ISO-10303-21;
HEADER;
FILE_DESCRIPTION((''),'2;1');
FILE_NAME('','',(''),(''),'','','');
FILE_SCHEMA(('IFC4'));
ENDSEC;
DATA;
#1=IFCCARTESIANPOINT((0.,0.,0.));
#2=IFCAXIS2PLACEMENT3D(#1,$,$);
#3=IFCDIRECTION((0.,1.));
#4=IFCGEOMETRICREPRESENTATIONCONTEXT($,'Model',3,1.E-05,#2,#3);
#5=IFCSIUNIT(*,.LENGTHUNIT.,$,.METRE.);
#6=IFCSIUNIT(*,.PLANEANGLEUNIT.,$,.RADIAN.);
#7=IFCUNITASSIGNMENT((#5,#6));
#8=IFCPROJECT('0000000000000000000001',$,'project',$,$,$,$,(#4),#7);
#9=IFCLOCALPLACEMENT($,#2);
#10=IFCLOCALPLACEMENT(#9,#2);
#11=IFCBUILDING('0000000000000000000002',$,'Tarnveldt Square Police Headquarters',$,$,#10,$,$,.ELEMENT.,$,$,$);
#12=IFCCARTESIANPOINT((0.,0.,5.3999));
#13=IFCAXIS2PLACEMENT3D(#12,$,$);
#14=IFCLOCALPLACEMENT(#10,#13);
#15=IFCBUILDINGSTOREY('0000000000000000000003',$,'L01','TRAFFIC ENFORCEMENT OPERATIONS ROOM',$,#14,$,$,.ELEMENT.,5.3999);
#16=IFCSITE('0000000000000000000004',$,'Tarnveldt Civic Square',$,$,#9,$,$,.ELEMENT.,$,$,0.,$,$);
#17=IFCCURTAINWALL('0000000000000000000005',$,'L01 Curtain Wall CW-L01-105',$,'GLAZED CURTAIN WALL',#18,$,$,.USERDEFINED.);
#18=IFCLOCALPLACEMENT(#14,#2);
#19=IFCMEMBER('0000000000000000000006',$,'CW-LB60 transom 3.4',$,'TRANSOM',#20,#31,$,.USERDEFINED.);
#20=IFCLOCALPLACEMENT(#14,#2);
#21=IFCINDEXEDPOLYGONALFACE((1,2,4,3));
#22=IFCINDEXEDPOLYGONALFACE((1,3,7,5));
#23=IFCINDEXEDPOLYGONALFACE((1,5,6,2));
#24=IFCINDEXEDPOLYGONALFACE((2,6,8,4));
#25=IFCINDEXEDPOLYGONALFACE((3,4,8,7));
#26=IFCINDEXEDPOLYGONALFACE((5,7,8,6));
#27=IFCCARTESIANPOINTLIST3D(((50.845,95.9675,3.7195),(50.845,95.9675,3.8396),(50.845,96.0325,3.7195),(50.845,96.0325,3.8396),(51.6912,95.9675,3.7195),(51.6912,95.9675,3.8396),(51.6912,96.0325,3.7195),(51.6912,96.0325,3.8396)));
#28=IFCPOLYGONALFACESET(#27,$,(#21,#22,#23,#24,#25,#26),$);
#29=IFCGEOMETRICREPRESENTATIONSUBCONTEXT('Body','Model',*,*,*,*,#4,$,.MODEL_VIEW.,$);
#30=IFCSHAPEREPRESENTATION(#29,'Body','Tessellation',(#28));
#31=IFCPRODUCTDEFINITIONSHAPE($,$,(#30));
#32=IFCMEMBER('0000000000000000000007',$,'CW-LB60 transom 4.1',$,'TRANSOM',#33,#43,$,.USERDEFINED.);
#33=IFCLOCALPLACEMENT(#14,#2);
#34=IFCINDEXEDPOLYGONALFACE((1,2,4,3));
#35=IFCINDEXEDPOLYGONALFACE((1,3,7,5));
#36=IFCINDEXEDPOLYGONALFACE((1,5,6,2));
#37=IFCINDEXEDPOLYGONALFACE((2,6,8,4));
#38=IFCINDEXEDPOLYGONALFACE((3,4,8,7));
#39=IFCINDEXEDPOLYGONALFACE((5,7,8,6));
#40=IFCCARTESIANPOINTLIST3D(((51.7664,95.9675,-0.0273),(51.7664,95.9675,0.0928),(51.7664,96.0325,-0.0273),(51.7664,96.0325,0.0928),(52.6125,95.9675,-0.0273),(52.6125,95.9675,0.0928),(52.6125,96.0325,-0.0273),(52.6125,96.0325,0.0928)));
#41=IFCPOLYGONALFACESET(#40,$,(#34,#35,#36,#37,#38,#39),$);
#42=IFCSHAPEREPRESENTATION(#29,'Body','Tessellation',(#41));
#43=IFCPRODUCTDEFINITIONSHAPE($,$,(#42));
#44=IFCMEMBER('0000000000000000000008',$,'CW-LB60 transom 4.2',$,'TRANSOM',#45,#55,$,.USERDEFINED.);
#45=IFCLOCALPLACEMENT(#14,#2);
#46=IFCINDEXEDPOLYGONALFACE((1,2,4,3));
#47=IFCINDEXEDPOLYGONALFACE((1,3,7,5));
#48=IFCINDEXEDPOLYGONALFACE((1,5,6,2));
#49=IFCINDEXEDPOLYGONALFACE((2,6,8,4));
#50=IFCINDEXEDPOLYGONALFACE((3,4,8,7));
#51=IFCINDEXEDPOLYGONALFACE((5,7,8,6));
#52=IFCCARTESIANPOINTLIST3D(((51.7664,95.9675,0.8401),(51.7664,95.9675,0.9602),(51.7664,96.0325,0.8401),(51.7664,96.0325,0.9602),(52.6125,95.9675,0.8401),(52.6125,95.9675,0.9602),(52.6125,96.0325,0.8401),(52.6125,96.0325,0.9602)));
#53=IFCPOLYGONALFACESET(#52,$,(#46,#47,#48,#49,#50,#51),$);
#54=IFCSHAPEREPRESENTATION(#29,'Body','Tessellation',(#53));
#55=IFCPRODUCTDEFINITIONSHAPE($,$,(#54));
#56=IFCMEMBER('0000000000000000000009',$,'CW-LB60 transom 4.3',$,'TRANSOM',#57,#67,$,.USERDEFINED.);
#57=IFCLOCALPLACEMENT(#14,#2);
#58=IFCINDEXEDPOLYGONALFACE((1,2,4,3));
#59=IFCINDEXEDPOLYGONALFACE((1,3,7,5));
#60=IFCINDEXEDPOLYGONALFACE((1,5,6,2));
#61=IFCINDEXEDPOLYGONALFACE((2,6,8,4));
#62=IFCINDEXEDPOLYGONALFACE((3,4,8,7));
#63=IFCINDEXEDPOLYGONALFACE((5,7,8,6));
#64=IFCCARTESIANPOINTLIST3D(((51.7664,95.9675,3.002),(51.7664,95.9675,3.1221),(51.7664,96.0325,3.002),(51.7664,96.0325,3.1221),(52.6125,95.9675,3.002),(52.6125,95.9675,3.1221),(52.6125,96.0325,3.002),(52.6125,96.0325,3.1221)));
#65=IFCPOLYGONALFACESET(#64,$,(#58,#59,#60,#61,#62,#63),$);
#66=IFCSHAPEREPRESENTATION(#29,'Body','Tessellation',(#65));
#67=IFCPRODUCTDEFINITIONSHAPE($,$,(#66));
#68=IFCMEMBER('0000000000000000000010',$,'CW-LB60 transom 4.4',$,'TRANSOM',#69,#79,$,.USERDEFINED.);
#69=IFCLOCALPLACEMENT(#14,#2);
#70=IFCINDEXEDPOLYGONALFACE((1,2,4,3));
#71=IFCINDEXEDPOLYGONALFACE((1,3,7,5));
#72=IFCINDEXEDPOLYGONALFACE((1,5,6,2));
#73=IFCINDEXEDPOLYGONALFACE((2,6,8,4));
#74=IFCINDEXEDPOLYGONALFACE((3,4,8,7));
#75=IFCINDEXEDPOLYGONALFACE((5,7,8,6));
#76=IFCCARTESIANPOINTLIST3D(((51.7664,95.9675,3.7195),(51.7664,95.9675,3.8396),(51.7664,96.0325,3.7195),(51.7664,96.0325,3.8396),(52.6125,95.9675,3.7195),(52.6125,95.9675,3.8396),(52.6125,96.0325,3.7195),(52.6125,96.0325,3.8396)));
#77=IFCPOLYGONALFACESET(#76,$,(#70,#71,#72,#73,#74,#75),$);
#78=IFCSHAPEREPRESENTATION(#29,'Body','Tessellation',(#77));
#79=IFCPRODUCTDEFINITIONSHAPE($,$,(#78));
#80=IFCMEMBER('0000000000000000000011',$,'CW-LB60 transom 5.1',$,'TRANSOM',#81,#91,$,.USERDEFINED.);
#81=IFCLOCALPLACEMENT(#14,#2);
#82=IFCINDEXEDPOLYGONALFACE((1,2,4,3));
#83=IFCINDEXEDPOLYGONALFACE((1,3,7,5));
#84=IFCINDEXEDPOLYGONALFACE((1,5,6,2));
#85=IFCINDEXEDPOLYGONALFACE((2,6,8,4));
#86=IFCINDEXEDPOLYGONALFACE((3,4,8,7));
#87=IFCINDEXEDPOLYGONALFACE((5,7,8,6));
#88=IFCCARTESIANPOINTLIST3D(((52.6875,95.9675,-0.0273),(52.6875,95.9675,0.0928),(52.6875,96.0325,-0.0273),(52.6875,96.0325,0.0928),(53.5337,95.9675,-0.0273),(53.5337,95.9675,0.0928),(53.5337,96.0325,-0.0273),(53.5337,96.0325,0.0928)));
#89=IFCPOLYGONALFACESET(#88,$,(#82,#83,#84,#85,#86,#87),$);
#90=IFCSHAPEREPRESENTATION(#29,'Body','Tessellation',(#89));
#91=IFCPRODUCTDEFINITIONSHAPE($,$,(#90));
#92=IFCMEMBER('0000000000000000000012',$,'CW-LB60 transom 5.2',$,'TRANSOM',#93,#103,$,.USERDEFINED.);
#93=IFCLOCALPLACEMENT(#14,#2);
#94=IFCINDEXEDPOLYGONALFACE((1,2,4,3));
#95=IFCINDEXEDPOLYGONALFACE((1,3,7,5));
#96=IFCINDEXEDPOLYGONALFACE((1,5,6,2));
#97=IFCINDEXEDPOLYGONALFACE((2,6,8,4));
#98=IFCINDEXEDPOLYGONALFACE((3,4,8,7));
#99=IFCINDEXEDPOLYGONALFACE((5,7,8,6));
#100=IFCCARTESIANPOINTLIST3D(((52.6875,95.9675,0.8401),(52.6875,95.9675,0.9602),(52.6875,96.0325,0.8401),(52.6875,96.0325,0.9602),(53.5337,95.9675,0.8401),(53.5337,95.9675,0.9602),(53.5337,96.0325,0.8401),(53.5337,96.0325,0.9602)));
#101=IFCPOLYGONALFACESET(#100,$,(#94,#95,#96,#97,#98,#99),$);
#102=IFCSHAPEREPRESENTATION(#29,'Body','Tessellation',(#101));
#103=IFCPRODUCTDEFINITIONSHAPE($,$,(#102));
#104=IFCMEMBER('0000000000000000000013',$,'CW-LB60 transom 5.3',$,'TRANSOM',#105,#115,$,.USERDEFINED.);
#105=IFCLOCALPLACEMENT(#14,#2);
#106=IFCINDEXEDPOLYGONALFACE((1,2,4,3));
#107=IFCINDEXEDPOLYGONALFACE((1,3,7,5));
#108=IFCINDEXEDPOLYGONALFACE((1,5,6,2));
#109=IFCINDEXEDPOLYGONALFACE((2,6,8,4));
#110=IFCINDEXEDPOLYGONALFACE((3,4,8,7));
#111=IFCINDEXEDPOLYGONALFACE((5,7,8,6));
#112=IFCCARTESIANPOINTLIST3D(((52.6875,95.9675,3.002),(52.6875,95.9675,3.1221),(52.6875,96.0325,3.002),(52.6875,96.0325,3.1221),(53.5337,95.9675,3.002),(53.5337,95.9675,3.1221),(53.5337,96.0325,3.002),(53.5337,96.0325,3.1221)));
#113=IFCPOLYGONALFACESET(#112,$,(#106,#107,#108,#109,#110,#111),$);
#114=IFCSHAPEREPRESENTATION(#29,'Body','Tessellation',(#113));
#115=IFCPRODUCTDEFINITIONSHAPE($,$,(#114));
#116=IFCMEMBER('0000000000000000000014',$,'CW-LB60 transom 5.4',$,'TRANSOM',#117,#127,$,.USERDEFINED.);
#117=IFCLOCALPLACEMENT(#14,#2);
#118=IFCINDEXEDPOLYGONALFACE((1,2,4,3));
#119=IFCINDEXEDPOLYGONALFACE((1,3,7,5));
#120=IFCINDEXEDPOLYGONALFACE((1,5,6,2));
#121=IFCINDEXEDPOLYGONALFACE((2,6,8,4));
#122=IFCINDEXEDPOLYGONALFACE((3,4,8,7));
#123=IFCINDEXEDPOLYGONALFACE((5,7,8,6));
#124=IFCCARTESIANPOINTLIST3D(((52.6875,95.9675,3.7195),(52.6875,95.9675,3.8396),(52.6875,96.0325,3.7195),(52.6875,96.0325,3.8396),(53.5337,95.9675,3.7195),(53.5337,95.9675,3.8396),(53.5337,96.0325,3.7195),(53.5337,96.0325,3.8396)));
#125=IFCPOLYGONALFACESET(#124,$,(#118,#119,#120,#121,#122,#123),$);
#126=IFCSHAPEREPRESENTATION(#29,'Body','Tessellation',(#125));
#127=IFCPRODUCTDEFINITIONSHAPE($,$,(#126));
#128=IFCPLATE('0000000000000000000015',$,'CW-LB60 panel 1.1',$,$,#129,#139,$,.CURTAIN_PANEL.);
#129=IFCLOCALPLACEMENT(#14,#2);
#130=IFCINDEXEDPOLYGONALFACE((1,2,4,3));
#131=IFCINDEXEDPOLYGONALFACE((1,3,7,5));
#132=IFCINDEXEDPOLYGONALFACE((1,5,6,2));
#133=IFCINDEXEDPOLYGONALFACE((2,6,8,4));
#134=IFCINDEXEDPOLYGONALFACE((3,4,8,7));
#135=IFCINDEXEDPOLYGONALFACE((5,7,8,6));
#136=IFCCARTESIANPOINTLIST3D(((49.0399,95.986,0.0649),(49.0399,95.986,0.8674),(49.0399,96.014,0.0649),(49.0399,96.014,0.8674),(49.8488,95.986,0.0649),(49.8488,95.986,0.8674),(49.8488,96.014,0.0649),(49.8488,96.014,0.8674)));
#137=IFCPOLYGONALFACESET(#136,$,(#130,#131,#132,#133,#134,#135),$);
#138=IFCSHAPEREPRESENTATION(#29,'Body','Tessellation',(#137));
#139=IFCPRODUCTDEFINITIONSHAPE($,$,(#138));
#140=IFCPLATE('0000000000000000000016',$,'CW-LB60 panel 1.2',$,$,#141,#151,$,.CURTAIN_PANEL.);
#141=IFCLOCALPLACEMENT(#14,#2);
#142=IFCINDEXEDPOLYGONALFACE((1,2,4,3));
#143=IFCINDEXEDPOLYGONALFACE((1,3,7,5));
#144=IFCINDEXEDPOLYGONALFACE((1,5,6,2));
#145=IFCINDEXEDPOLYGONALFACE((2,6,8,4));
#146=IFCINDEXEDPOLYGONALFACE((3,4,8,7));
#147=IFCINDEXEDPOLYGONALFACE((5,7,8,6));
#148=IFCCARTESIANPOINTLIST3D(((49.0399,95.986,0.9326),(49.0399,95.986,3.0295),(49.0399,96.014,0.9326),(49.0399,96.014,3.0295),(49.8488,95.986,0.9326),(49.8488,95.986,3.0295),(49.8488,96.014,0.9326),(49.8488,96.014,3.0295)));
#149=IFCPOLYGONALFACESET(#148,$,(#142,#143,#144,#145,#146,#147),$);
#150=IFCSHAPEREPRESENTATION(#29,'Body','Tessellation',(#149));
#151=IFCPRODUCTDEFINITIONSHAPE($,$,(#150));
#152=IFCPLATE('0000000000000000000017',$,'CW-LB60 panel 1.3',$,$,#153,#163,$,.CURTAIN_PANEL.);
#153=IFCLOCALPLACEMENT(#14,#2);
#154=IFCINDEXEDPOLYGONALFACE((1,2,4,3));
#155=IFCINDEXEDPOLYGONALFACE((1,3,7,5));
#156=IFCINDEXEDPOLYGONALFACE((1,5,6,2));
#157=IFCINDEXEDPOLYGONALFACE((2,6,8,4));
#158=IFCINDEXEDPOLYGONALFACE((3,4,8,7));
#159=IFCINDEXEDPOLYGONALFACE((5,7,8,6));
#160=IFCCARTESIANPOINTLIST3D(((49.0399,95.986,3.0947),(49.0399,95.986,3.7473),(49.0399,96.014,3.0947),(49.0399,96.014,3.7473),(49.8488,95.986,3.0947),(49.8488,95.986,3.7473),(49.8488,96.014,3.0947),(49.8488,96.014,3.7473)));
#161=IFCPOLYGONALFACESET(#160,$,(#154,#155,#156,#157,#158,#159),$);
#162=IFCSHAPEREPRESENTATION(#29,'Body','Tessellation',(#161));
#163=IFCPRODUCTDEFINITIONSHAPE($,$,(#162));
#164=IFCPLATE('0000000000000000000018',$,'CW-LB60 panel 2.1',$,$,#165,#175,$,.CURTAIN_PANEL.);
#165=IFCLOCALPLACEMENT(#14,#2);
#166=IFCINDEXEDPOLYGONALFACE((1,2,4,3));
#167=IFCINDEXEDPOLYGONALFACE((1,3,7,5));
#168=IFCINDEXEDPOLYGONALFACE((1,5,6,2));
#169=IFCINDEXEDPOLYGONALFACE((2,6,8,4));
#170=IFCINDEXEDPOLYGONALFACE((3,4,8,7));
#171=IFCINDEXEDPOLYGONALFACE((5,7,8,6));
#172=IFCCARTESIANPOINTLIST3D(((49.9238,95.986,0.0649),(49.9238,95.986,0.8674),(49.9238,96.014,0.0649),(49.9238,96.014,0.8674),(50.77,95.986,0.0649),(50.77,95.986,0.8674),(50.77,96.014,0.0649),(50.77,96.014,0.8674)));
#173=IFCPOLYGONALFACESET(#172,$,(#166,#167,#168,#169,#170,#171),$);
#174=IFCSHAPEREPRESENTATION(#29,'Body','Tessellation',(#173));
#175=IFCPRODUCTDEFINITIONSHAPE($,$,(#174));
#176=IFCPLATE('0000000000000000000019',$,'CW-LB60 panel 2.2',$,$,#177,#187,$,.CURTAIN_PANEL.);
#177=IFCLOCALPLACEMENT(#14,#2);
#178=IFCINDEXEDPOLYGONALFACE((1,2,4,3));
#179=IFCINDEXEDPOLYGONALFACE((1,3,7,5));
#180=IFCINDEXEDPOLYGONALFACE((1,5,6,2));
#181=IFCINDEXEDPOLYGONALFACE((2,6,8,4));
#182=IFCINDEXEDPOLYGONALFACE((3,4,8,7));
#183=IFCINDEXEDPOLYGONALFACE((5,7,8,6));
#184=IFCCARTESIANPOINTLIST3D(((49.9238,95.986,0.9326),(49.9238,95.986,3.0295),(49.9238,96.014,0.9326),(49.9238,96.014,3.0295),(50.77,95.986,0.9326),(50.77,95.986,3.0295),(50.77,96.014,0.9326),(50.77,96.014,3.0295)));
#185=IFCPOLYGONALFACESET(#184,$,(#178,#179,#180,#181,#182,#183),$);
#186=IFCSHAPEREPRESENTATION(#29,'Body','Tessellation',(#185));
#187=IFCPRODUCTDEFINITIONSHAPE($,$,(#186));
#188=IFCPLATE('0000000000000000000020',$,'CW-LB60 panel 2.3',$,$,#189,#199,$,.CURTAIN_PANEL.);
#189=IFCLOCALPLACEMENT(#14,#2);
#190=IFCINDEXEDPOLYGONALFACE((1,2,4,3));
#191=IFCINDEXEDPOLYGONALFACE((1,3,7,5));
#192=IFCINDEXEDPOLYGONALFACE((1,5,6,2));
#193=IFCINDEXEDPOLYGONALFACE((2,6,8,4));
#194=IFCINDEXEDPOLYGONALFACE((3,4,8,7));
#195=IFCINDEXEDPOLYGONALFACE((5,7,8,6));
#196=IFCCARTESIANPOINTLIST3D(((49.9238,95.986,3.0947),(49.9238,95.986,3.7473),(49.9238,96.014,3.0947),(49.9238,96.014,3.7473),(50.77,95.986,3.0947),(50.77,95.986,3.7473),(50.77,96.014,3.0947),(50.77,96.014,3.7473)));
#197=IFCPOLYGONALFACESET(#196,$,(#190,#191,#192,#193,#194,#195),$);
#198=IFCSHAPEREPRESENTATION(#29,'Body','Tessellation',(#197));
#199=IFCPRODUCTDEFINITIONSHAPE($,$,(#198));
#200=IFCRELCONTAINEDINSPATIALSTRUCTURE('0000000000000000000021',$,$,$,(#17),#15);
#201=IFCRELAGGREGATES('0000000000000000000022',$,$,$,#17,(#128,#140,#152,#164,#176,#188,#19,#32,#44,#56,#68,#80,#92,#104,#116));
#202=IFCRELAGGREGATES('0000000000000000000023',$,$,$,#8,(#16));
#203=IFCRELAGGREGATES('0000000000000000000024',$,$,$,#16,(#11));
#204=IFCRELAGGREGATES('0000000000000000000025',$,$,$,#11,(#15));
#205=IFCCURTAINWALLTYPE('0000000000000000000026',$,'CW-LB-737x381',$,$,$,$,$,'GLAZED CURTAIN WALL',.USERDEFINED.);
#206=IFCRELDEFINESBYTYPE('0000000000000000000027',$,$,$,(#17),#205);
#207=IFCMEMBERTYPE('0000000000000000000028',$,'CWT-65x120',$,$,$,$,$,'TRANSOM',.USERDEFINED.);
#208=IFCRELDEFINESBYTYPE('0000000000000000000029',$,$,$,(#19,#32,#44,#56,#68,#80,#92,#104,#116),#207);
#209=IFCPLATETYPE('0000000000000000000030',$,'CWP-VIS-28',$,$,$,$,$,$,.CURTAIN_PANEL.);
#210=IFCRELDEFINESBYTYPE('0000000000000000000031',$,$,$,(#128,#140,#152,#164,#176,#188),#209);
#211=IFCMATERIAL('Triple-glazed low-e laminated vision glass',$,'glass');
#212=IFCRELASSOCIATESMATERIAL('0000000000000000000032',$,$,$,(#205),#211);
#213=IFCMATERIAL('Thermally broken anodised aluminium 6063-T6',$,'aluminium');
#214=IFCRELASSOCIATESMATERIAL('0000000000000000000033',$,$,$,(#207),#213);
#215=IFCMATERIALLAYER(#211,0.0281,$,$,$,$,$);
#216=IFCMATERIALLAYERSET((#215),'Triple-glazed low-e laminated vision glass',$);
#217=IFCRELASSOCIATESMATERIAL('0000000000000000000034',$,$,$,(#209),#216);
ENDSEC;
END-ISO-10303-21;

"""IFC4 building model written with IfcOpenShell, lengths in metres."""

from ifc_helpers import new_model, si_unit, direction, frame, origin, origin_2d, place, context, subcontext, project, spatial, rectangle, extrude, material, layer, layer_set, material_profile, profile_set, type_object, element, aggregate, save


model = new_model("IFC4")

# Units and contexts
model_context = context("Model", 3, precision=1e-05, world=origin(), true_north=direction((0.0, 1.0)))
body_context = subcontext(model_context, "Body", "Model", "MODEL_VIEW")
ifc_project = project(units=[si_unit("LENGTHUNIT", "METRE"), si_unit("PLANEANGLEUNIT", "RADIAN")], contexts=[model_context])

# Site, building, storey
site_placement = place(None, origin())
site = spatial("IfcSite", under=ifc_project, at=site_placement, Name="Tarnveldt Civic Square", CompositionType="ELEMENT", RefElevation=0.0)
building_placement = place(site_placement, origin())
building = spatial("IfcBuilding", under=site, at=building_placement, Name="Tarnveldt Square Police Headquarters", CompositionType="ELEMENT")
storey_placement = place(building_placement, frame((0.0, 0.0, 5.3999)))
storey = spatial("IfcBuildingStorey", under=building, at=storey_placement, Name="L01", Description="TRAFFIC ENFORCEMENT OPERATIONS ROOM", CompositionType="ELEMENT", Elevation=5.3999)

# Curtain wall, members, plates
ifc_material_1 = material(Name="Triple-glazed low-e laminated vision glass", Category="glass")
curtain_wall_type = type_object("IfcCurtainWallType", Name="CW-LB-737x381", ElementType="GLAZED CURTAIN WALL", PredefinedType="USERDEFINED", material=ifc_material_1)
curtain_wall_placement = place(storey_placement, origin())
curtain_wall = element("IfcCurtainWall", 1, at=curtain_wall_placement, inside=storey, type_object=curtain_wall_type, Name="L01 Curtain Wall CW-L01-105", ObjectType="GLAZED CURTAIN WALL", PredefinedType="USERDEFINED")
ifc_material_2 = material(Name="Thermally broken anodised aluminium 6063-T6", Category="aluminium")
ifc_material_profile_1 = material_profile(ifc_material_2, rectangle(XDim=0.0649, YDim=0.1201, at=origin_2d()), Name="CW-T65x120")
ifc_profile_set_1 = profile_set([ifc_material_profile_1], Name="Thermally broken anodised aluminium 6063-T6")
member_type_1 = type_object("IfcMemberType", Name="CWT-65x120", ElementType="TRANSOM", PredefinedType="USERDEFINED", material=ifc_profile_set_1)
member_1_placement = place(storey_placement, frame((50.845, 96.0, 3.7795), z_axis=(1.0, 0.0, 0.0), x_axis=(0.0, 1.0, 0.0)))
member_1 = element("IfcMember", 2, at=member_1_placement, type_object=member_type_1, Name="CW-LB60 transom 3.4", ObjectType="TRANSOM", PredefinedType="USERDEFINED", context=body_context, shape_type="SweptSolid", body=[
    extrude(rectangle(XDim=0.0649, YDim=0.1201, at=origin_2d()), origin(), (0.0, 0.0, 1.0), 0.8462),
])
member_2_placement = place(storey_placement, frame((51.7664, 96.0, 0.0327), z_axis=(1.0, 0.0, 0.0), x_axis=(0.0, 1.0, 0.0)))
member_2 = element("IfcMember", 3, at=member_2_placement, type_object=member_type_1, Name="CW-LB60 transom 4.1", ObjectType="TRANSOM", PredefinedType="USERDEFINED", context=body_context, shape_type="SweptSolid", body=[
    extrude(rectangle(XDim=0.0649, YDim=0.1201, at=origin_2d()), origin(), (0.0, 0.0, 1.0), 0.8462),
])
member_3_placement = place(storey_placement, frame((51.7664, 96.0, 0.9001), z_axis=(1.0, 0.0, 0.0), x_axis=(0.0, 1.0, 0.0)))
member_3 = element("IfcMember", 4, at=member_3_placement, type_object=member_type_1, Name="CW-LB60 transom 4.2", ObjectType="TRANSOM", PredefinedType="USERDEFINED", context=body_context, shape_type="SweptSolid", body=[
    extrude(rectangle(XDim=0.0649, YDim=0.1201, at=origin_2d()), origin(), (0.0, 0.0, 1.0), 0.8462),
])
member_4_placement = place(storey_placement, frame((51.7664, 96.0, 3.062), z_axis=(1.0, 0.0, 0.0), x_axis=(0.0, 1.0, 0.0)))
member_4 = element("IfcMember", 5, at=member_4_placement, type_object=member_type_1, Name="CW-LB60 transom 4.3", ObjectType="TRANSOM", PredefinedType="USERDEFINED", context=body_context, shape_type="SweptSolid", body=[
    extrude(rectangle(XDim=0.0649, YDim=0.1201, at=origin_2d()), origin(), (0.0, 0.0, 1.0), 0.8462),
])
member_5_placement = place(storey_placement, frame((51.7664, 96.0, 3.7795), z_axis=(1.0, 0.0, 0.0), x_axis=(0.0, 1.0, 0.0)))
member_5 = element("IfcMember", 6, at=member_5_placement, type_object=member_type_1, Name="CW-LB60 transom 4.4", ObjectType="TRANSOM", PredefinedType="USERDEFINED", context=body_context, shape_type="SweptSolid", body=[
    extrude(rectangle(XDim=0.0649, YDim=0.1201, at=origin_2d()), origin(), (0.0, 0.0, 1.0), 0.8462),
])
member_6_placement = place(storey_placement, frame((52.6875, 96.0, 0.0327), z_axis=(1.0, 0.0, 0.0), x_axis=(0.0, 1.0, 0.0)))
member_6 = element("IfcMember", 7, at=member_6_placement, type_object=member_type_1, Name="CW-LB60 transom 5.1", ObjectType="TRANSOM", PredefinedType="USERDEFINED", context=body_context, shape_type="SweptSolid", body=[
    extrude(rectangle(XDim=0.0649, YDim=0.1201, at=origin_2d()), origin(), (0.0, 0.0, 1.0), 0.8462),
])
member_7_placement = place(storey_placement, frame((52.6875, 96.0, 0.9001), z_axis=(1.0, 0.0, 0.0), x_axis=(0.0, 1.0, 0.0)))
member_7 = element("IfcMember", 8, at=member_7_placement, type_object=member_type_1, Name="CW-LB60 transom 5.2", ObjectType="TRANSOM", PredefinedType="USERDEFINED", context=body_context, shape_type="SweptSolid", body=[
    extrude(rectangle(XDim=0.0649, YDim=0.1201, at=origin_2d()), origin(), (0.0, 0.0, 1.0), 0.8462),
])
member_8_placement = place(storey_placement, frame((52.6875, 96.0, 3.062), z_axis=(1.0, 0.0, 0.0), x_axis=(0.0, 1.0, 0.0)))
member_8 = element("IfcMember", 9, at=member_8_placement, type_object=member_type_1, Name="CW-LB60 transom 5.3", ObjectType="TRANSOM", PredefinedType="USERDEFINED", context=body_context, shape_type="SweptSolid", body=[
    extrude(rectangle(XDim=0.0649, YDim=0.1201, at=origin_2d()), origin(), (0.0, 0.0, 1.0), 0.8462),
])
member_9_placement = place(storey_placement, frame((52.6875, 96.0, 3.7795), z_axis=(1.0, 0.0, 0.0), x_axis=(0.0, 1.0, 0.0)))
member_9 = element("IfcMember", 10, at=member_9_placement, type_object=member_type_1, Name="CW-LB60 transom 5.4", ObjectType="TRANSOM", PredefinedType="USERDEFINED", context=body_context, shape_type="SweptSolid", body=[
    extrude(rectangle(XDim=0.0649, YDim=0.1201, at=origin_2d()), origin(), (0.0, 0.0, 1.0), 0.8462),
])
ifc_layer = layer(ifc_material_1, 0.0281)
ifc_layer_set = layer_set([ifc_layer], Name="Triple-glazed low-e laminated vision glass")
plate_type = type_object("IfcPlateType", Name="CWP-VIS-28", PredefinedType="CURTAIN_PANEL", material=ifc_layer_set)
plate_1_placement = place(storey_placement, frame((49.4443, 96.0, 0.0649), z_axis=(0.0, 0.0, 1.0), x_axis=(1.0, 0.0, 0.0)))
plate_1 = element("IfcPlate", 11, at=plate_1_placement, type_object=plate_type, Name="CW-LB60 panel 1.1", PredefinedType="CURTAIN_PANEL", context=body_context, shape_type="SweptSolid", body=[
    extrude(rectangle(XDim=0.8088, YDim=0.0281, at=origin_2d()), origin(), (0.0, 0.0, 1.0), 0.8025),
])
plate_2_placement = place(storey_placement, frame((49.4443, 96.0, 0.9326), z_axis=(0.0, 0.0, 1.0), x_axis=(1.0, 0.0, 0.0)))
plate_2 = element("IfcPlate", 12, at=plate_2_placement, type_object=plate_type, Name="CW-LB60 panel 1.2", PredefinedType="CURTAIN_PANEL", context=body_context, shape_type="SweptSolid", body=[
    extrude(rectangle(XDim=0.8088, YDim=0.0281, at=origin_2d()), origin(), (0.0, 0.0, 1.0), 2.0969),
])
plate_3_placement = place(storey_placement, frame((49.4443, 96.0, 3.0947), z_axis=(0.0, 0.0, 1.0), x_axis=(1.0, 0.0, 0.0)))
plate_3 = element("IfcPlate", 13, at=plate_3_placement, type_object=plate_type, Name="CW-LB60 panel 1.3", PredefinedType="CURTAIN_PANEL", context=body_context, shape_type="SweptSolid", body=[
    extrude(rectangle(XDim=0.8088, YDim=0.0281, at=origin_2d()), origin(), (0.0, 0.0, 1.0), 0.6526),
])
plate_4_placement = place(storey_placement, frame((50.3469, 96.0, 0.0649), z_axis=(0.0, 0.0, 1.0), x_axis=(1.0, 0.0, 0.0)))
plate_4 = element("IfcPlate", 14, at=plate_4_placement, type_object=plate_type, Name="CW-LB60 panel 2.1", PredefinedType="CURTAIN_PANEL", context=body_context, shape_type="SweptSolid", body=[
    extrude(rectangle(XDim=0.8462, YDim=0.0281, at=origin_2d()), origin(), (0.0, 0.0, 1.0), 0.8025),
])
plate_5_placement = place(storey_placement, frame((50.3469, 96.0, 0.9326), z_axis=(0.0, 0.0, 1.0), x_axis=(1.0, 0.0, 0.0)))
plate_5 = element("IfcPlate", 15, at=plate_5_placement, type_object=plate_type, Name="CW-LB60 panel 2.2", PredefinedType="CURTAIN_PANEL", context=body_context, shape_type="SweptSolid", body=[
    extrude(rectangle(XDim=0.8462, YDim=0.0281, at=origin_2d()), origin(), (0.0, 0.0, 1.0), 2.0969),
])
plate_6_placement = place(storey_placement, frame((50.3469, 96.0, 3.0947), z_axis=(0.0, 0.0, 1.0), x_axis=(1.0, 0.0, 0.0)))
plate_6 = element("IfcPlate", 16, at=plate_6_placement, type_object=plate_type, Name="CW-LB60 panel 2.3", PredefinedType="CURTAIN_PANEL", context=body_context, shape_type="SweptSolid", body=[
    extrude(rectangle(XDim=0.8462, YDim=0.0281, at=origin_2d()), origin(), (0.0, 0.0, 1.0), 0.6526),
])
aggregate(curtain_wall, [plate_1, plate_2, plate_3, plate_4, plate_5, plate_6, member_1, member_2, member_3, member_4, member_5, member_6, member_7, member_8, member_9])

save(model, "model.ifc")
